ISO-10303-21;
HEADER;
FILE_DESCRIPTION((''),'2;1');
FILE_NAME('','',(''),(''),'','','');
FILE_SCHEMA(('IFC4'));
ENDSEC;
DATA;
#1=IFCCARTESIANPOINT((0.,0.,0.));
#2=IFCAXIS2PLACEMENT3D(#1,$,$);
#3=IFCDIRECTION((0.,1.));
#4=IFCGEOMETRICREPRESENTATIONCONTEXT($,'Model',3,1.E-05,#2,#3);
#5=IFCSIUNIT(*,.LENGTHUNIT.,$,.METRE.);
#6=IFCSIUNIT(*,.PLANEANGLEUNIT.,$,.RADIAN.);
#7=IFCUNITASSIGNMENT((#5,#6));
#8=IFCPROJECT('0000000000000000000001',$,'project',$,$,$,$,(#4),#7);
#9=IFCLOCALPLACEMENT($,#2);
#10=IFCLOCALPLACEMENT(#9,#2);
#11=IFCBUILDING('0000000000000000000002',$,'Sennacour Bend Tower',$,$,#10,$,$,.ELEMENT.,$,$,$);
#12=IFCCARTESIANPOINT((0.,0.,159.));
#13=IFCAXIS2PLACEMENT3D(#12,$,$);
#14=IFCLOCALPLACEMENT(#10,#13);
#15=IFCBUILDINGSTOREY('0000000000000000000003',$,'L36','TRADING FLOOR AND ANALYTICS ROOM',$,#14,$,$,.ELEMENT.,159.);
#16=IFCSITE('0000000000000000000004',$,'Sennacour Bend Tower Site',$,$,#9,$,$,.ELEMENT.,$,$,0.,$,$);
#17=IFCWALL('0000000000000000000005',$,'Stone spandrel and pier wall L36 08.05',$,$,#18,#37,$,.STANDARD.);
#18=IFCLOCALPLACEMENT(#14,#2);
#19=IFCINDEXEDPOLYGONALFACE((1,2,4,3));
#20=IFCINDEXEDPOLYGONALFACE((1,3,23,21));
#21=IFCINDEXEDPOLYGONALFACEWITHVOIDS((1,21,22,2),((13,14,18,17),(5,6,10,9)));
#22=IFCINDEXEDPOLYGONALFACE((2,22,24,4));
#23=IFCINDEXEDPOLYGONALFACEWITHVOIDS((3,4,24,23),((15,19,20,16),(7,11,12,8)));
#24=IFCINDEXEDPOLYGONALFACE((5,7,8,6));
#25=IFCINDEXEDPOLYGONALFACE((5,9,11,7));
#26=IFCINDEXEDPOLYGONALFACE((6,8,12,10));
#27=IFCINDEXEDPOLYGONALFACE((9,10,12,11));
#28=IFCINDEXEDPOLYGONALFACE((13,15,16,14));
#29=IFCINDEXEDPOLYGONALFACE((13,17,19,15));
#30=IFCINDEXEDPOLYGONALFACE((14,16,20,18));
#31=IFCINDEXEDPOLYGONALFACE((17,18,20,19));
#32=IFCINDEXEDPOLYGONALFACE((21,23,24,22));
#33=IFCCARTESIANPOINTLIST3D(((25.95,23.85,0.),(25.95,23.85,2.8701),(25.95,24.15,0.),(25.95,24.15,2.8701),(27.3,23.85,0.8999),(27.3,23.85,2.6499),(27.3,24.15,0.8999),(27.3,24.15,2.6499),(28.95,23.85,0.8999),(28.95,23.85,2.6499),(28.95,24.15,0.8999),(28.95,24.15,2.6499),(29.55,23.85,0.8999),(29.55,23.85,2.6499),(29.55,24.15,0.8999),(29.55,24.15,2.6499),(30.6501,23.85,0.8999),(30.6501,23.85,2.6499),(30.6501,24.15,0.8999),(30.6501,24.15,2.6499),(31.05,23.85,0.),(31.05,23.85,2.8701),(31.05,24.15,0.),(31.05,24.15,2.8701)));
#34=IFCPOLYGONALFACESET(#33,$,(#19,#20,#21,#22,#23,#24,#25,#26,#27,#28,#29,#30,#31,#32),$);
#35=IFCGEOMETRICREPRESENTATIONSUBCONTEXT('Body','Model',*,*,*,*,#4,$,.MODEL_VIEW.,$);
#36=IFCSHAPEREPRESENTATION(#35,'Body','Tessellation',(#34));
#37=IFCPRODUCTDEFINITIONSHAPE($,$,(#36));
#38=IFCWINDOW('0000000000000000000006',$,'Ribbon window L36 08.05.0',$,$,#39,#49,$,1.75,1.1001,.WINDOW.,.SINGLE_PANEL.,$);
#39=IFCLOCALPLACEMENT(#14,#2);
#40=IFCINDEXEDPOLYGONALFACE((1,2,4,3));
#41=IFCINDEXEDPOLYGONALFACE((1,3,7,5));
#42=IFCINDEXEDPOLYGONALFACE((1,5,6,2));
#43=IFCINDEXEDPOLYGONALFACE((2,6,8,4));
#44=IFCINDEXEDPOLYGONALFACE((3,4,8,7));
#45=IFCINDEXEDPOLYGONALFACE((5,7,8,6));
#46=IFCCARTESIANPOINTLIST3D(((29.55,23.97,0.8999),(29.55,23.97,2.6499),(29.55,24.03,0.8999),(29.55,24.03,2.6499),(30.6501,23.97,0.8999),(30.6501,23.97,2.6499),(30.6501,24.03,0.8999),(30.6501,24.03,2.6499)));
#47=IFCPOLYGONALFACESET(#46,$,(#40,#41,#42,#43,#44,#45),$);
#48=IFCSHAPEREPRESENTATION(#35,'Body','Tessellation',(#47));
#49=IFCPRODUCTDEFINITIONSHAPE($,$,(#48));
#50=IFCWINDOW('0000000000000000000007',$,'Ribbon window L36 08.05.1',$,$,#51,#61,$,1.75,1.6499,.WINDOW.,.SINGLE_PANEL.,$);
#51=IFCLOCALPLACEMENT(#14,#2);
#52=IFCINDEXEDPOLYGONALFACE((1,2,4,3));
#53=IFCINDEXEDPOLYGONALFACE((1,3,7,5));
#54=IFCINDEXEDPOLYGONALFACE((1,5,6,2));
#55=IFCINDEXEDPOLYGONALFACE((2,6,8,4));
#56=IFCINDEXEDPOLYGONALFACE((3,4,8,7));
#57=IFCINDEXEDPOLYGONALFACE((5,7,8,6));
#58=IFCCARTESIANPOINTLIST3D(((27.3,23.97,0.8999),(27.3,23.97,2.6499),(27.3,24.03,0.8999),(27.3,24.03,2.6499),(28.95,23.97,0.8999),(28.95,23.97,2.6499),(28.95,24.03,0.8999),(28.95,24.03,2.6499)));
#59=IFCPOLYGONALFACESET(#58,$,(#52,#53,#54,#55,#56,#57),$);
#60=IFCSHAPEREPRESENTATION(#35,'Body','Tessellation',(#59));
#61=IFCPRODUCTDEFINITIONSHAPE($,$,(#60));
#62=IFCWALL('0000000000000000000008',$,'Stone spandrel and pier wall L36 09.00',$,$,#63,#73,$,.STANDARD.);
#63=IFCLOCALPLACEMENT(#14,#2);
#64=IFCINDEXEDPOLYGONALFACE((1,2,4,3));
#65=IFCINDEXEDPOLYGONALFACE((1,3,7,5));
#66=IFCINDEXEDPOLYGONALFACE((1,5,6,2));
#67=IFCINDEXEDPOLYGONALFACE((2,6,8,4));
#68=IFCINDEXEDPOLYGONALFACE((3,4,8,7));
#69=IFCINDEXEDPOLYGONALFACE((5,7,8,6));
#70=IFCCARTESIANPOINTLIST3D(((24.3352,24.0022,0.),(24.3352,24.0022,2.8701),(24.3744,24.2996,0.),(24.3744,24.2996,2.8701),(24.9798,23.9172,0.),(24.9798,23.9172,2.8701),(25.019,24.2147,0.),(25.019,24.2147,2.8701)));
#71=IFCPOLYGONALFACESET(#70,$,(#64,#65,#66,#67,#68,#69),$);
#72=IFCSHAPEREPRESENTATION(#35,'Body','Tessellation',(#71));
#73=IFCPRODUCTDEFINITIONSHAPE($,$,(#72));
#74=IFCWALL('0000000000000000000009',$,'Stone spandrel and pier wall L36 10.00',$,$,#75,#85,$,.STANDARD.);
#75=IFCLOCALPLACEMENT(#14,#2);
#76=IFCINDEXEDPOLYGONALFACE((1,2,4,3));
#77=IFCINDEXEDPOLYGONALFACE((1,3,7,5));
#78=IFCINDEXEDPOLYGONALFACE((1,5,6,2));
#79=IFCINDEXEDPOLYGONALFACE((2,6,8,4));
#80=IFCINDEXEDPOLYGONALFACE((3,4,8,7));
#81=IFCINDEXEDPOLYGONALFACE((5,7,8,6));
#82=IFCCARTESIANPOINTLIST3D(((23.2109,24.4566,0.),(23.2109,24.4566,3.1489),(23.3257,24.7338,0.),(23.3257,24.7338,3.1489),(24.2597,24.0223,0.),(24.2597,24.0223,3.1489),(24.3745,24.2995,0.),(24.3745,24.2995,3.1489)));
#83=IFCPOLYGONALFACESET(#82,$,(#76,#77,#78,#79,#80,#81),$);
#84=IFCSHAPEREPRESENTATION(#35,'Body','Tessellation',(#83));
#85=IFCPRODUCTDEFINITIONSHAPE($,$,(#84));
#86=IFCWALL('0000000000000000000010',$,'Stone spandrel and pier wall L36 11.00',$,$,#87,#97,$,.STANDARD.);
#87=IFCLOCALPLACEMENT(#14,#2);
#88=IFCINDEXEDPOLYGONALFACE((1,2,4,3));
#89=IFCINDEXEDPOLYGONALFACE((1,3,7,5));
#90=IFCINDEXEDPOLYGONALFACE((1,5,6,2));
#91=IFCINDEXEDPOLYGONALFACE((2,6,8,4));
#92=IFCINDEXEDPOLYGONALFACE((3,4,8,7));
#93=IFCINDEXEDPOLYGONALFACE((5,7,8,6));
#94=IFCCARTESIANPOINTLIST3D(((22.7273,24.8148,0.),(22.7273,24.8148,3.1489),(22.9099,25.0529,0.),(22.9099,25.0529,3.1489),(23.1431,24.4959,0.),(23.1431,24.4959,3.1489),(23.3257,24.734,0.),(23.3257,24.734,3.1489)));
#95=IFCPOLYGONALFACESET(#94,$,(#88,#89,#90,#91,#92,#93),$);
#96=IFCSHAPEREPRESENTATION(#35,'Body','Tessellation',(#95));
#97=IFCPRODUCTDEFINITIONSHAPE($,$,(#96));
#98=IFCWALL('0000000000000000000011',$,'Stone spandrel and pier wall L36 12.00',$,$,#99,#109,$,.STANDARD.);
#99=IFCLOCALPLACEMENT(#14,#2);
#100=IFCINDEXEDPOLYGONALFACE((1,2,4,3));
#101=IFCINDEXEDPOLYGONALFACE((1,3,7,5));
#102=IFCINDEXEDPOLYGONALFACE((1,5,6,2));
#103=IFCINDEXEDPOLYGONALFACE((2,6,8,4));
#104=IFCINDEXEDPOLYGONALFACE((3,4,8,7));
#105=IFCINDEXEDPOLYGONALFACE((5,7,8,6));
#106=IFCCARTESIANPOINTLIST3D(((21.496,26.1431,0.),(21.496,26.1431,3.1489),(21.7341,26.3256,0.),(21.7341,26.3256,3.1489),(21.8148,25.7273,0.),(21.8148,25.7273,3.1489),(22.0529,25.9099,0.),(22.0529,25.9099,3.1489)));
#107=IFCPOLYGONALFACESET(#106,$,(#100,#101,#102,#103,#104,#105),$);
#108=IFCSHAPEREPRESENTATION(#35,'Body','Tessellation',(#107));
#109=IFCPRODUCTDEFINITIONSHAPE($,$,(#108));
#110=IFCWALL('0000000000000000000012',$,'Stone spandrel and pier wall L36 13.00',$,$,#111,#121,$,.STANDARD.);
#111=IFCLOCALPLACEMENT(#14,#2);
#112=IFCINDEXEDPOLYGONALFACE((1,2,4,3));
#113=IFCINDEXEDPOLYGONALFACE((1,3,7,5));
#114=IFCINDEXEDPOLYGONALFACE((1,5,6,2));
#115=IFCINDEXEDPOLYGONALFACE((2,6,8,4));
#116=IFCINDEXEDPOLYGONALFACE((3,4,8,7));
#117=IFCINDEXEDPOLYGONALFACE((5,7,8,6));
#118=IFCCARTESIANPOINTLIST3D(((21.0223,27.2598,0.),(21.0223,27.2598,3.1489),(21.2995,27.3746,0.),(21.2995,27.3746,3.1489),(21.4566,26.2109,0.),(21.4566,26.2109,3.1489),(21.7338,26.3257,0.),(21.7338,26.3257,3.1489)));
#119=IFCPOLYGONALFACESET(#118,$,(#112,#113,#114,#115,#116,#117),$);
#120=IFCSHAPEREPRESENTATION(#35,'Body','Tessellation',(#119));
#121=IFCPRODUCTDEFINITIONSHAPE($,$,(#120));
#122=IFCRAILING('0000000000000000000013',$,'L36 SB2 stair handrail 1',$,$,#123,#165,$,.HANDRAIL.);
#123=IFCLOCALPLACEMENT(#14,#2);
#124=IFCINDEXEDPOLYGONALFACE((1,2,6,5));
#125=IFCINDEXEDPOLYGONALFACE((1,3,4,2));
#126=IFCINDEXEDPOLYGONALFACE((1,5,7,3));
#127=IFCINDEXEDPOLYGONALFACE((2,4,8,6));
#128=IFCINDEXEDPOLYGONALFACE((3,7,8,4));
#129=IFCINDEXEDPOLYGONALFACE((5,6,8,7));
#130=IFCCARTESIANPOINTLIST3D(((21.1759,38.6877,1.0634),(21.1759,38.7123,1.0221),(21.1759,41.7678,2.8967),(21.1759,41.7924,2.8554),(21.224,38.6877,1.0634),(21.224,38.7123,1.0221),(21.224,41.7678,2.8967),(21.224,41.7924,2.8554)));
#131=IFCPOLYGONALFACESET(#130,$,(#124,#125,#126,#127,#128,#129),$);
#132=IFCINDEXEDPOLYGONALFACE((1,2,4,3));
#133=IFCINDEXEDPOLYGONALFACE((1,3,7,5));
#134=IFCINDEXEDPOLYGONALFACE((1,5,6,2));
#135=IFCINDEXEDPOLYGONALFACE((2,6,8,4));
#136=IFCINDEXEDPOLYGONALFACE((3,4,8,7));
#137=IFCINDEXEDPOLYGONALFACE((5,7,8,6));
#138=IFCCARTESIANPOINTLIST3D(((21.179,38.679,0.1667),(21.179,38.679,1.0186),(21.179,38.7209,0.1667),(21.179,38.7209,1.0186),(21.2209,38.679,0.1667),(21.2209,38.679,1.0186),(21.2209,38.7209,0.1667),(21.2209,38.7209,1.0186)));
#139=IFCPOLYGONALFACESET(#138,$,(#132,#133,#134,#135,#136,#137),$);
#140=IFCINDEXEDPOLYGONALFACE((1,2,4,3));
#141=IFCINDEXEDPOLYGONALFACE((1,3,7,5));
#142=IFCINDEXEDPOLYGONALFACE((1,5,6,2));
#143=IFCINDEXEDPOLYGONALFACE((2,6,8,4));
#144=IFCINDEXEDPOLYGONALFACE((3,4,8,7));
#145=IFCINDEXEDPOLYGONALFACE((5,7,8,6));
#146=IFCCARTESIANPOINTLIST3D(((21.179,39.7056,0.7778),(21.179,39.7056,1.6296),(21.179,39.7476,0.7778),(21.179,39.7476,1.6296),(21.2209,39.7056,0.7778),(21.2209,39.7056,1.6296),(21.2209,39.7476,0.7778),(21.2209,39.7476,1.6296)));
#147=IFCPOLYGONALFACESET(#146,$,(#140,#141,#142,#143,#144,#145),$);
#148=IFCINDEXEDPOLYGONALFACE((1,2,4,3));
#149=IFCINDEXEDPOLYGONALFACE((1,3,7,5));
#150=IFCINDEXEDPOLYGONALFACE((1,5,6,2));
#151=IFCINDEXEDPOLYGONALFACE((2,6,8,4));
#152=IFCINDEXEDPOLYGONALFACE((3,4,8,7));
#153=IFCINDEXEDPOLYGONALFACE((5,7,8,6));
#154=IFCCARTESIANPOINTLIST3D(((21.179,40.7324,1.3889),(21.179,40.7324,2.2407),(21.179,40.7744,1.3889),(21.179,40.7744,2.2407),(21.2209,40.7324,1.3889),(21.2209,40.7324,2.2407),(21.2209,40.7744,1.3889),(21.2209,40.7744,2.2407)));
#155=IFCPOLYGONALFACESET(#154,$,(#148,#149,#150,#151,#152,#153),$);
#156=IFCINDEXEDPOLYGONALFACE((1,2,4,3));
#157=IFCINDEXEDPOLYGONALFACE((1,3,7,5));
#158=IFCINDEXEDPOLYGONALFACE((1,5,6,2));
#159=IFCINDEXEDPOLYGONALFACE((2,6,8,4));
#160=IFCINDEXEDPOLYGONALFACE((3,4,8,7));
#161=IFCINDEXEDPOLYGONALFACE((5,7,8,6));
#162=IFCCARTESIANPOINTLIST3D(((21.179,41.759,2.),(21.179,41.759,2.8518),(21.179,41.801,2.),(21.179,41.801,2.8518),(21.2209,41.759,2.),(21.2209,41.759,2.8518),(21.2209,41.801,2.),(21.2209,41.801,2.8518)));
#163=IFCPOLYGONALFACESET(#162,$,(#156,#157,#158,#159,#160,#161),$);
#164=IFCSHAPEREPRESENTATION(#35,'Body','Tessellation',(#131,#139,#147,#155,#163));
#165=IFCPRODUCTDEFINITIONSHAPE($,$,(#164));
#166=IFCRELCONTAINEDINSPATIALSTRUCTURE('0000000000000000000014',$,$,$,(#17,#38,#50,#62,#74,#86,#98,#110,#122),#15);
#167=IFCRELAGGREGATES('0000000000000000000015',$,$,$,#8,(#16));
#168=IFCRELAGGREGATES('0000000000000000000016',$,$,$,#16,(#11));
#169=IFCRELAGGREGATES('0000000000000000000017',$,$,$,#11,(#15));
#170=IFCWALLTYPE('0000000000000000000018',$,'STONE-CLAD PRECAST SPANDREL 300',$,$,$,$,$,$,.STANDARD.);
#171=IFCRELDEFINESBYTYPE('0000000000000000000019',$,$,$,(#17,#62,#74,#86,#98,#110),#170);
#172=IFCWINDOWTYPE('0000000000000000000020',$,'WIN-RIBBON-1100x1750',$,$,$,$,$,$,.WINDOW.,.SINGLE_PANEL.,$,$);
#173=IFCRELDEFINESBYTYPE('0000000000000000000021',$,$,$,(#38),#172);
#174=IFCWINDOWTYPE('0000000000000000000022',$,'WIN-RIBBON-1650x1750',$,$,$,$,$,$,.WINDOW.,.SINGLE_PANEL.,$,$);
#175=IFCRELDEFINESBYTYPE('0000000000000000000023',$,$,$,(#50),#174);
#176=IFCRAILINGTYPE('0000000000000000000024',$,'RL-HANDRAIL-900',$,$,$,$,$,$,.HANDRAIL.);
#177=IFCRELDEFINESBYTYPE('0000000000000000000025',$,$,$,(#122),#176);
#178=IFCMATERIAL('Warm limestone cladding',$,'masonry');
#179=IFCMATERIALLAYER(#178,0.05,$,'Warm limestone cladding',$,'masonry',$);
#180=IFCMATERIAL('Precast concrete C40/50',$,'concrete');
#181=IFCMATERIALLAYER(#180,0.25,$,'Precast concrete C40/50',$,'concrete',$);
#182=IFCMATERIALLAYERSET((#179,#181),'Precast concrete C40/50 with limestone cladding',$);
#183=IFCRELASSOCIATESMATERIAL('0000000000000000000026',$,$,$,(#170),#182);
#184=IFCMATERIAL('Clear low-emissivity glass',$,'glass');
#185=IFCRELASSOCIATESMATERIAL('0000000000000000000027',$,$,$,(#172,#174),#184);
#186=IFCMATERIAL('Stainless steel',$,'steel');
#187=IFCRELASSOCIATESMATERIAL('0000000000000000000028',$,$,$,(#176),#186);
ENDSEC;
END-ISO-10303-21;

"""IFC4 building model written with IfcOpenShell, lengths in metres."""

from ifc_helpers import new_model, si_unit, direction, frame, frame_2d, origin, origin_2d, place, context, subcontext, project, spatial, rectangle, extrude, material, layer, layer_set, type_object, element, fill, save


model = new_model("IFC4")

# Units and contexts
model_context = context("Model", 3, precision=1e-05, world=origin(), true_north=direction((0.0, 1.0)))
body_context = subcontext(model_context, "Body", "Model", "MODEL_VIEW")
ifc_project = project(units=[si_unit("LENGTHUNIT", "METRE"), si_unit("PLANEANGLEUNIT", "RADIAN")], contexts=[model_context])

# Site, building, storey
site_placement = place(None, origin())
site = spatial("IfcSite", under=ifc_project, at=site_placement, Name="Sennacour Bend Tower Site", CompositionType="ELEMENT", RefElevation=0.0)
building_placement = place(site_placement, origin())
building = spatial("IfcBuilding", under=site, at=building_placement, Name="Sennacour Bend Tower", CompositionType="ELEMENT")
storey_placement = place(building_placement, frame((0.0, 0.0, 159.0)))
storey = spatial("IfcBuildingStorey", under=building, at=storey_placement, Name="L36", Description="TRADING FLOOR AND ANALYTICS ROOM", CompositionType="ELEMENT", Elevation=159.0)

# Wall, openings, windows
ifc_material_1 = material(Name="Warm limestone cladding", Category="masonry")
ifc_layer_1 = layer(ifc_material_1, 0.05, Name="Warm limestone cladding", Category="masonry")
ifc_material_2 = material(Name="Precast concrete C40/50", Category="concrete")
ifc_layer_2 = layer(ifc_material_2, 0.25, Name="Precast concrete C40/50", Category="concrete")
ifc_layer_set_1 = layer_set([ifc_layer_1, ifc_layer_2], Name="Precast concrete C40/50 with limestone cladding")
wall_type_1 = type_object("IfcWallType", Name="STONE-CLAD PRECAST SPANDREL 300", PredefinedType="STANDARD", material=ifc_layer_set_1)
ifc_material_3 = material(Name="Clear low-emissivity glass", Category="glass")
window_type_1 = type_object("IfcWindowType", Name="WIN-RIBBON-1100x1750", PartitioningType="SINGLE_PANEL", PredefinedType="WINDOW", material=ifc_material_3)
wall_1_placement = place(storey_placement, frame((31.05, 24.0, 0.0), z_axis=(0.0, 0.0, 1.0), x_axis=(-1.0, 0.0, 0.0)))
wall_1 = element("IfcWall", 1, at=wall_1_placement, inside=storey, type_object=wall_type_1, Name="Stone spandrel and pier wall L36 08.05", PredefinedType="STANDARD", context=body_context, shape_type="SweptSolid", body=[
    extrude(rectangle(XDim=5.1001, YDim=0.3, at=frame_2d((2.55, 0.0))), origin(), (0.0, 0.0, 1.0), 2.8701),
])
opening_1_placement = place(wall_1_placement, frame((0.3999, 0.0, 0.8999)))
opening_1 = element("IfcOpeningElement", 2, at=opening_1_placement, cuts=wall_1, PredefinedType="OPENING", context=body_context, shape_type="SweptSolid", body=[
    extrude(rectangle(XDim=1.1001, YDim=1.75, at=frame_2d((0.55, 0.875))), frame((0.0, 0.1602, 0.0), z_axis=(0.0, -1.0, 0.0), x_axis=(1.0, 0.0, 0.0)), (0.0, 0.0, 1.0), 0.3201),
])
opening_2_placement = place(wall_1_placement, frame((2.1001, 0.0, 0.8999)))
opening_2 = element("IfcOpeningElement", 3, at=opening_2_placement, cuts=wall_1, PredefinedType="OPENING", context=body_context, shape_type="SweptSolid", body=[
    extrude(rectangle(XDim=1.6499, YDim=1.75, at=frame_2d((0.825, 0.875))), frame((0.0, 0.1602, 0.0), z_axis=(0.0, -1.0, 0.0), x_axis=(1.0, 0.0, 0.0)), (0.0, 0.0, 1.0), 0.3201),
])
window_1_placement = place(opening_1_placement, origin())
window_1 = element("IfcWindow", 4, at=window_1_placement, inside=storey, type_object=window_type_1, Name="Ribbon window L36 08.05.0", OverallHeight=1.75, OverallWidth=1.1001, PartitioningType="SINGLE_PANEL", PredefinedType="WINDOW", context=body_context, shape_type="SweptSolid", body=[
    extrude(rectangle(XDim=1.1001, YDim=1.75, at=frame_2d((0.55, 0.875))), frame((0.0, 0.03, 0.0), z_axis=(0.0, -1.0, 0.0), x_axis=(1.0, 0.0, 0.0)), (0.0, 0.0, 1.0), 0.0601),
])
fill(opening_1, window_1)
window_type_2 = type_object("IfcWindowType", Name="WIN-RIBBON-1650x1750", PartitioningType="SINGLE_PANEL", PredefinedType="WINDOW", material=ifc_material_3)
window_2_placement = place(opening_2_placement, origin())
window_2 = element("IfcWindow", 5, at=window_2_placement, inside=storey, type_object=window_type_2, Name="Ribbon window L36 08.05.1", OverallHeight=1.75, OverallWidth=1.6499, PartitioningType="SINGLE_PANEL", PredefinedType="WINDOW", context=body_context, shape_type="SweptSolid", body=[
    extrude(rectangle(XDim=1.6499, YDim=1.75, at=frame_2d((0.825, 0.875))), frame((0.0, 0.03, 0.0), z_axis=(0.0, -1.0, 0.0), x_axis=(1.0, 0.0, 0.0)), (0.0, 0.0, 1.0), 0.0601),
])
fill(opening_2, window_2)

# Walls
wall_2_placement = place(storey_placement, frame((24.9995, 24.0659, 0.0), z_axis=(0.0, 0.0, 1.0), x_axis=(-0.991424, 0.130688, 0.0)))
element("IfcWall", 6, at=wall_2_placement, inside=storey, type_object=wall_type_1, Name="Stone spandrel and pier wall L36 09.00", PredefinedType="STANDARD", context=body_context, shape_type="SweptSolid", body=[
    extrude(rectangle(XDim=0.6501, YDim=0.3, at=frame_2d((0.3252, 0.0))), origin(), (0.0, 0.0, 1.0), 2.8701),
])
wall_3_placement = place(storey_placement, frame((24.3171, 24.1609, 0.0), z_axis=(0.0, 0.0, 1.0), x_axis=(-0.923915, 0.382599, 0.0)))
element("IfcWall", 7, at=wall_3_placement, inside=storey, type_object=wall_type_1, Name="Stone spandrel and pier wall L36 10.00", PredefinedType="STANDARD", context=body_context, shape_type="SweptSolid", body=[
    extrude(rectangle(XDim=1.1353, YDim=0.3, at=frame_2d((0.5676, 0.0))), origin(), (0.0, 0.0, 1.0), 3.1489),
])
for number, where, z_axis, x_axis, name in (
    (8, (23.2344, 24.615, 0.0), (0.0, 0.0, 1.0), (-0.793524, 0.608539, 0.0), "Stone spandrel and pier wall L36 11.00"),
    (9, (21.9338, 25.8186, 0.0), (0.0, 0.0, 1.0), (-0.608539, 0.793524, 0.0), "Stone spandrel and pier wall L36 12.00"),
):
    element("IfcWall", number, at=place(storey_placement, frame(where, z_axis=z_axis, x_axis=x_axis)), inside=storey, type_object=wall_type_1, Name=name, PredefinedType="STANDARD", context=body_context, shape_type="SweptSolid", body=[
        extrude(rectangle(XDim=0.5239, YDim=0.3, at=frame_2d((0.262, 0.0))), origin(), (0.0, 0.0, 1.0), 3.1489),
    ])
wall_4_placement = place(storey_placement, frame((21.5952, 26.2683, 0.0), z_axis=(0.0, 0.0, 1.0), x_axis=(-0.382599, 0.923915, 0.0)))
element("IfcWall", 10, at=wall_4_placement, inside=storey, type_object=wall_type_1, Name="Stone spandrel and pier wall L36 13.00", PredefinedType="STANDARD", context=body_context, shape_type="SweptSolid", body=[
    extrude(rectangle(XDim=1.1353, YDim=0.3, at=frame_2d((0.5676, 0.0))), origin(), (0.0, 0.0, 1.0), 3.1489),
])

# Railing
ifc_material_4 = material(Name="Stainless steel", Category="steel")
railing_type = type_object("IfcRailingType", Name="RL-HANDRAIL-900", PredefinedType="HANDRAIL", material=ifc_material_4)
railing_placement = place(storey_placement, frame((21.2, 38.7, 0.1667)))
element("IfcRailing", 11, at=railing_placement, inside=storey, type_object=railing_type, Name="L36 SB2 stair handrail 1", PredefinedType="HANDRAIL", context=body_context, shape_type="SweptSolid", body=[
    extrude(rectangle(XDim=0.0481, YDim=0.0481, at=origin_2d()), frame((0.0, 0.0, 0.876), z_axis=(0.0, 0.859309, 0.511458), x_axis=(-1.0, 0.0, 0.0)), (0.0, 0.0, 1.0), 3.5845),
    extrude(rectangle(XDim=0.042, YDim=0.042, at=origin_2d()), origin(), (0.0, 0.0, 1.0), 0.8518),
    extrude(rectangle(XDim=0.042, YDim=0.042, at=origin_2d()), frame((0.0, 1.0266, 0.6111)), (0.0, 0.0, 1.0), 0.8518),
    extrude(rectangle(XDim=0.042, YDim=0.042, at=origin_2d()), frame((0.0, 2.0535, 1.2222)), (0.0, 0.0, 1.0), 0.8518),
    extrude(rectangle(XDim=0.042, YDim=0.042, at=origin_2d()), frame((0.0, 3.0801, 1.8333)), (0.0, 0.0, 1.0), 0.8518),
])

save(model, "model.ifc")
